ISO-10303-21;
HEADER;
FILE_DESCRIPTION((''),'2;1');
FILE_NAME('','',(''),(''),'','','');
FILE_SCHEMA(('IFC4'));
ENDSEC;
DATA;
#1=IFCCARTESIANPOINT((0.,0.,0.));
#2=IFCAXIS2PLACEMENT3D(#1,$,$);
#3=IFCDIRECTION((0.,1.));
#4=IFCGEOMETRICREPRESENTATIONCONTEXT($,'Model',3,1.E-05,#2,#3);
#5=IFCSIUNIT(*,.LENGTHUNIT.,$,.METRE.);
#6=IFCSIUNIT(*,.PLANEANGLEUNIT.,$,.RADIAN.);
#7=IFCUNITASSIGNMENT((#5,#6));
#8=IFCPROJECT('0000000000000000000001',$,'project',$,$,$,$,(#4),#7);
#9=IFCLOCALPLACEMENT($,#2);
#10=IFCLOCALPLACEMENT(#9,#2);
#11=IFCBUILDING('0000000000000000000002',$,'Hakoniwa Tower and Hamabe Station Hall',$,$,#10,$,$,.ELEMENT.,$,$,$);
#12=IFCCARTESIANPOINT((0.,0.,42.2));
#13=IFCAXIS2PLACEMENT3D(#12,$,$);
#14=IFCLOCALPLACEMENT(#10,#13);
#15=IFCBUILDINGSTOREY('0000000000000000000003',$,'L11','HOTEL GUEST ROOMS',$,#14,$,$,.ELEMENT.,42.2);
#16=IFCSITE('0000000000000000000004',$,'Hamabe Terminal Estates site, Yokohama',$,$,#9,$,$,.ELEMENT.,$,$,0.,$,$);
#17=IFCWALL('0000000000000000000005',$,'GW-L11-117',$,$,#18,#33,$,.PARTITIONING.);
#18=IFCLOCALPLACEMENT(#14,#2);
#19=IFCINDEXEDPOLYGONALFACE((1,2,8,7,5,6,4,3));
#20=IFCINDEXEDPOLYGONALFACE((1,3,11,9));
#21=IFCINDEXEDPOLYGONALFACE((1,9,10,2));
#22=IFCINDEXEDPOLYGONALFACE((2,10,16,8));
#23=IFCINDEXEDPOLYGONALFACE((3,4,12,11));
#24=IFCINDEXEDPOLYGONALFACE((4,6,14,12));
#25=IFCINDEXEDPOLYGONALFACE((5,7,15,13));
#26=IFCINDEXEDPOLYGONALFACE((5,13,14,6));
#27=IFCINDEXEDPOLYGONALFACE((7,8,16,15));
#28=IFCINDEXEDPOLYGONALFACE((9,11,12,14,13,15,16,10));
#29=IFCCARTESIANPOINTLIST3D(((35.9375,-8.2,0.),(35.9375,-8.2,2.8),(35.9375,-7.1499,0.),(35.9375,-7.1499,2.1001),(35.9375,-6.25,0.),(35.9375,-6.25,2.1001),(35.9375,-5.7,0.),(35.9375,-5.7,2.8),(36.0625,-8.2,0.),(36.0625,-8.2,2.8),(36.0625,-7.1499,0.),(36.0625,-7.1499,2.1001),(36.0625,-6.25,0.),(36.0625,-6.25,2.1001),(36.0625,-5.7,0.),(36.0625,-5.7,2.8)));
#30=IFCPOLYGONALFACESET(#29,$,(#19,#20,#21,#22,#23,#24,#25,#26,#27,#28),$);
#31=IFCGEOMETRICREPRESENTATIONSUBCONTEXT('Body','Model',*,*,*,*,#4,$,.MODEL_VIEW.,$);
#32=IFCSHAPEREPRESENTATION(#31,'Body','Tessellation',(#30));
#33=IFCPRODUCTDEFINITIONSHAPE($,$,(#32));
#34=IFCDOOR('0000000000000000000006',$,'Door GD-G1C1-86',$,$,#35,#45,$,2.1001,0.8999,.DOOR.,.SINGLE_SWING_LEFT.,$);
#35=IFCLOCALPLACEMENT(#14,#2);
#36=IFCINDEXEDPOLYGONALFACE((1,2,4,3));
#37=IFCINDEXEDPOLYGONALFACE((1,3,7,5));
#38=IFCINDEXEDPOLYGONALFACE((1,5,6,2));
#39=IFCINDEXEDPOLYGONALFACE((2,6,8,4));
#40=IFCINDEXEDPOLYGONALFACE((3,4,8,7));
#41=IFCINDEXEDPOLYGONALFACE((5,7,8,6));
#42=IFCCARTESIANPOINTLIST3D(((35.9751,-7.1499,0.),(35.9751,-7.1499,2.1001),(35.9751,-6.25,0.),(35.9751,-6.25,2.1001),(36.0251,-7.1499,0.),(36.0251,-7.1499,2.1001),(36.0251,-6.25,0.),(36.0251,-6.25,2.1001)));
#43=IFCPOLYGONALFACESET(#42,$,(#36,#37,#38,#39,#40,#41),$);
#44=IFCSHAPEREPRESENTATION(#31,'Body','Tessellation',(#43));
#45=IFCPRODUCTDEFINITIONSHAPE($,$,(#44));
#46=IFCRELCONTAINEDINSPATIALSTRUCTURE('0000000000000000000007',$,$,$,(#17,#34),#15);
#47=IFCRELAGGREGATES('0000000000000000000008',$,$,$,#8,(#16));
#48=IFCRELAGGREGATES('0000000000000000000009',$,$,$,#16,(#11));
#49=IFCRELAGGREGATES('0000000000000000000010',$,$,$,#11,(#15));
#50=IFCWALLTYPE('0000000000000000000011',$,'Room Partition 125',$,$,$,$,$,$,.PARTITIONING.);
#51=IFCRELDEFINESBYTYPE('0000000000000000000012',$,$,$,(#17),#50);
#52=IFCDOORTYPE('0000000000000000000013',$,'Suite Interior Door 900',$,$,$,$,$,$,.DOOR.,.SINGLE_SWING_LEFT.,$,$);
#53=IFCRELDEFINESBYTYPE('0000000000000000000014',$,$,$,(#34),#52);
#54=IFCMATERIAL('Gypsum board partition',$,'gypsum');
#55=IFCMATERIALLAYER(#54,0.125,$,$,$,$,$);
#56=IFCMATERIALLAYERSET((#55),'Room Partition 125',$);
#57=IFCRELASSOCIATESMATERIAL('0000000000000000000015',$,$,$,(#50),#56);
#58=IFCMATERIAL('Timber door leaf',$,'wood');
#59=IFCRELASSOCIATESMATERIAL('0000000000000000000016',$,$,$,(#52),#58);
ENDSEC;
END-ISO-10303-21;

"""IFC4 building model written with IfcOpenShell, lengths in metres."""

from ifc_helpers import new_model, si_unit, direction, frame, frame_2d, origin, place, context, subcontext, project, spatial, rectangle, extrude, material, layer, layer_set, type_object, element, fill, save


model = new_model("IFC4")

# Units and contexts
model_context = context("Model", 3, precision=1e-05, world=origin(), true_north=direction((0.0, 1.0)))
body_context = subcontext(model_context, "Body", "Model", "MODEL_VIEW")
ifc_project = project(units=[si_unit("LENGTHUNIT", "METRE"), si_unit("PLANEANGLEUNIT", "RADIAN")], contexts=[model_context])

# Site, building, storey
site_placement = place(None, origin())
site = spatial("IfcSite", under=ifc_project, at=site_placement, Name="Hamabe Terminal Estates site, Yokohama", CompositionType="ELEMENT", RefElevation=0.0)
building_placement = place(site_placement, origin())
building = spatial("IfcBuilding", under=site, at=building_placement, Name="Hakoniwa Tower and Hamabe Station Hall", CompositionType="ELEMENT")
storey_placement = place(building_placement, frame((0.0, 0.0, 42.2)))
storey = spatial("IfcBuildingStorey", under=building, at=storey_placement, Name="L11", Description="HOTEL GUEST ROOMS", CompositionType="ELEMENT", Elevation=42.2)

# Shared definitions
ifc_material_1 = material(Name="Gypsum board partition", Category="gypsum")
ifc_layer_1 = layer(ifc_material_1, 0.125)
ifc_layer_set_1 = layer_set([ifc_layer_1], Name="Room Partition 125")
wall_type_1 = type_object("IfcWallType", Name="Room Partition 125", PredefinedType="PARTITIONING", material=ifc_layer_set_1)

# Wall, opening, door
wall_1_placement = place(storey_placement, frame((36.0, -8.2, 0.0), z_axis=(0.0, 0.0, 1.0), x_axis=(0.0, 1.0, 0.0)))
wall_1 = element("IfcWall", 1, at=wall_1_placement, inside=storey, type_object=wall_type_1, Name="GW-L11-117", PredefinedType="PARTITIONING", context=body_context, shape_type="SweptSolid", body=[
    extrude(rectangle(XDim=2.5, YDim=0.125, at=frame_2d((1.25, 0.0))), origin(), (0.0, 0.0, 1.0), 2.8),
])
opening_1_placement = place(wall_1_placement, frame((1.05, 0.0, 0.0)))
opening_1 = element("IfcOpeningElement", 2, at=opening_1_placement, cuts=wall_1, PredefinedType="OPENING", context=body_context, shape_type="SweptSolid", body=[
    extrude(rectangle(XDim=0.8999, YDim=2.1001, at=frame_2d((0.45, 1.05))), frame((0.0, 0.0725, 0.0), z_axis=(0.0, -1.0, 0.0), x_axis=(1.0, 0.0, 0.0)), (0.0, 0.0, 1.0), 0.145),
])
ifc_material_2 = material(Name="Timber door leaf", Category="wood")
door_type_1 = type_object("IfcDoorType", Name="Suite Interior Door 900", OperationType="SINGLE_SWING_LEFT", PredefinedType="DOOR", material=ifc_material_2)
door_1_placement = place(opening_1_placement, origin())
door_1 = element("IfcDoor", 3, at=door_1_placement, inside=storey, type_object=door_type_1, Name="Door GD-G1C1-86", OperationType="SINGLE_SWING_LEFT", OverallHeight=2.1001, OverallWidth=0.8999, PredefinedType="DOOR", context=body_context, shape_type="SweptSolid", body=[
    extrude(rectangle(XDim=0.8999, YDim=2.1001, at=frame_2d((0.45, 1.05))), frame((0.0, 0.0249, 0.0), z_axis=(0.0, -1.0, 0.0), x_axis=(1.0, 0.0, 0.0)), (0.0, 0.0, 1.0), 0.05),
])
fill(opening_1, door_1)

save(model, "model.ifc")
